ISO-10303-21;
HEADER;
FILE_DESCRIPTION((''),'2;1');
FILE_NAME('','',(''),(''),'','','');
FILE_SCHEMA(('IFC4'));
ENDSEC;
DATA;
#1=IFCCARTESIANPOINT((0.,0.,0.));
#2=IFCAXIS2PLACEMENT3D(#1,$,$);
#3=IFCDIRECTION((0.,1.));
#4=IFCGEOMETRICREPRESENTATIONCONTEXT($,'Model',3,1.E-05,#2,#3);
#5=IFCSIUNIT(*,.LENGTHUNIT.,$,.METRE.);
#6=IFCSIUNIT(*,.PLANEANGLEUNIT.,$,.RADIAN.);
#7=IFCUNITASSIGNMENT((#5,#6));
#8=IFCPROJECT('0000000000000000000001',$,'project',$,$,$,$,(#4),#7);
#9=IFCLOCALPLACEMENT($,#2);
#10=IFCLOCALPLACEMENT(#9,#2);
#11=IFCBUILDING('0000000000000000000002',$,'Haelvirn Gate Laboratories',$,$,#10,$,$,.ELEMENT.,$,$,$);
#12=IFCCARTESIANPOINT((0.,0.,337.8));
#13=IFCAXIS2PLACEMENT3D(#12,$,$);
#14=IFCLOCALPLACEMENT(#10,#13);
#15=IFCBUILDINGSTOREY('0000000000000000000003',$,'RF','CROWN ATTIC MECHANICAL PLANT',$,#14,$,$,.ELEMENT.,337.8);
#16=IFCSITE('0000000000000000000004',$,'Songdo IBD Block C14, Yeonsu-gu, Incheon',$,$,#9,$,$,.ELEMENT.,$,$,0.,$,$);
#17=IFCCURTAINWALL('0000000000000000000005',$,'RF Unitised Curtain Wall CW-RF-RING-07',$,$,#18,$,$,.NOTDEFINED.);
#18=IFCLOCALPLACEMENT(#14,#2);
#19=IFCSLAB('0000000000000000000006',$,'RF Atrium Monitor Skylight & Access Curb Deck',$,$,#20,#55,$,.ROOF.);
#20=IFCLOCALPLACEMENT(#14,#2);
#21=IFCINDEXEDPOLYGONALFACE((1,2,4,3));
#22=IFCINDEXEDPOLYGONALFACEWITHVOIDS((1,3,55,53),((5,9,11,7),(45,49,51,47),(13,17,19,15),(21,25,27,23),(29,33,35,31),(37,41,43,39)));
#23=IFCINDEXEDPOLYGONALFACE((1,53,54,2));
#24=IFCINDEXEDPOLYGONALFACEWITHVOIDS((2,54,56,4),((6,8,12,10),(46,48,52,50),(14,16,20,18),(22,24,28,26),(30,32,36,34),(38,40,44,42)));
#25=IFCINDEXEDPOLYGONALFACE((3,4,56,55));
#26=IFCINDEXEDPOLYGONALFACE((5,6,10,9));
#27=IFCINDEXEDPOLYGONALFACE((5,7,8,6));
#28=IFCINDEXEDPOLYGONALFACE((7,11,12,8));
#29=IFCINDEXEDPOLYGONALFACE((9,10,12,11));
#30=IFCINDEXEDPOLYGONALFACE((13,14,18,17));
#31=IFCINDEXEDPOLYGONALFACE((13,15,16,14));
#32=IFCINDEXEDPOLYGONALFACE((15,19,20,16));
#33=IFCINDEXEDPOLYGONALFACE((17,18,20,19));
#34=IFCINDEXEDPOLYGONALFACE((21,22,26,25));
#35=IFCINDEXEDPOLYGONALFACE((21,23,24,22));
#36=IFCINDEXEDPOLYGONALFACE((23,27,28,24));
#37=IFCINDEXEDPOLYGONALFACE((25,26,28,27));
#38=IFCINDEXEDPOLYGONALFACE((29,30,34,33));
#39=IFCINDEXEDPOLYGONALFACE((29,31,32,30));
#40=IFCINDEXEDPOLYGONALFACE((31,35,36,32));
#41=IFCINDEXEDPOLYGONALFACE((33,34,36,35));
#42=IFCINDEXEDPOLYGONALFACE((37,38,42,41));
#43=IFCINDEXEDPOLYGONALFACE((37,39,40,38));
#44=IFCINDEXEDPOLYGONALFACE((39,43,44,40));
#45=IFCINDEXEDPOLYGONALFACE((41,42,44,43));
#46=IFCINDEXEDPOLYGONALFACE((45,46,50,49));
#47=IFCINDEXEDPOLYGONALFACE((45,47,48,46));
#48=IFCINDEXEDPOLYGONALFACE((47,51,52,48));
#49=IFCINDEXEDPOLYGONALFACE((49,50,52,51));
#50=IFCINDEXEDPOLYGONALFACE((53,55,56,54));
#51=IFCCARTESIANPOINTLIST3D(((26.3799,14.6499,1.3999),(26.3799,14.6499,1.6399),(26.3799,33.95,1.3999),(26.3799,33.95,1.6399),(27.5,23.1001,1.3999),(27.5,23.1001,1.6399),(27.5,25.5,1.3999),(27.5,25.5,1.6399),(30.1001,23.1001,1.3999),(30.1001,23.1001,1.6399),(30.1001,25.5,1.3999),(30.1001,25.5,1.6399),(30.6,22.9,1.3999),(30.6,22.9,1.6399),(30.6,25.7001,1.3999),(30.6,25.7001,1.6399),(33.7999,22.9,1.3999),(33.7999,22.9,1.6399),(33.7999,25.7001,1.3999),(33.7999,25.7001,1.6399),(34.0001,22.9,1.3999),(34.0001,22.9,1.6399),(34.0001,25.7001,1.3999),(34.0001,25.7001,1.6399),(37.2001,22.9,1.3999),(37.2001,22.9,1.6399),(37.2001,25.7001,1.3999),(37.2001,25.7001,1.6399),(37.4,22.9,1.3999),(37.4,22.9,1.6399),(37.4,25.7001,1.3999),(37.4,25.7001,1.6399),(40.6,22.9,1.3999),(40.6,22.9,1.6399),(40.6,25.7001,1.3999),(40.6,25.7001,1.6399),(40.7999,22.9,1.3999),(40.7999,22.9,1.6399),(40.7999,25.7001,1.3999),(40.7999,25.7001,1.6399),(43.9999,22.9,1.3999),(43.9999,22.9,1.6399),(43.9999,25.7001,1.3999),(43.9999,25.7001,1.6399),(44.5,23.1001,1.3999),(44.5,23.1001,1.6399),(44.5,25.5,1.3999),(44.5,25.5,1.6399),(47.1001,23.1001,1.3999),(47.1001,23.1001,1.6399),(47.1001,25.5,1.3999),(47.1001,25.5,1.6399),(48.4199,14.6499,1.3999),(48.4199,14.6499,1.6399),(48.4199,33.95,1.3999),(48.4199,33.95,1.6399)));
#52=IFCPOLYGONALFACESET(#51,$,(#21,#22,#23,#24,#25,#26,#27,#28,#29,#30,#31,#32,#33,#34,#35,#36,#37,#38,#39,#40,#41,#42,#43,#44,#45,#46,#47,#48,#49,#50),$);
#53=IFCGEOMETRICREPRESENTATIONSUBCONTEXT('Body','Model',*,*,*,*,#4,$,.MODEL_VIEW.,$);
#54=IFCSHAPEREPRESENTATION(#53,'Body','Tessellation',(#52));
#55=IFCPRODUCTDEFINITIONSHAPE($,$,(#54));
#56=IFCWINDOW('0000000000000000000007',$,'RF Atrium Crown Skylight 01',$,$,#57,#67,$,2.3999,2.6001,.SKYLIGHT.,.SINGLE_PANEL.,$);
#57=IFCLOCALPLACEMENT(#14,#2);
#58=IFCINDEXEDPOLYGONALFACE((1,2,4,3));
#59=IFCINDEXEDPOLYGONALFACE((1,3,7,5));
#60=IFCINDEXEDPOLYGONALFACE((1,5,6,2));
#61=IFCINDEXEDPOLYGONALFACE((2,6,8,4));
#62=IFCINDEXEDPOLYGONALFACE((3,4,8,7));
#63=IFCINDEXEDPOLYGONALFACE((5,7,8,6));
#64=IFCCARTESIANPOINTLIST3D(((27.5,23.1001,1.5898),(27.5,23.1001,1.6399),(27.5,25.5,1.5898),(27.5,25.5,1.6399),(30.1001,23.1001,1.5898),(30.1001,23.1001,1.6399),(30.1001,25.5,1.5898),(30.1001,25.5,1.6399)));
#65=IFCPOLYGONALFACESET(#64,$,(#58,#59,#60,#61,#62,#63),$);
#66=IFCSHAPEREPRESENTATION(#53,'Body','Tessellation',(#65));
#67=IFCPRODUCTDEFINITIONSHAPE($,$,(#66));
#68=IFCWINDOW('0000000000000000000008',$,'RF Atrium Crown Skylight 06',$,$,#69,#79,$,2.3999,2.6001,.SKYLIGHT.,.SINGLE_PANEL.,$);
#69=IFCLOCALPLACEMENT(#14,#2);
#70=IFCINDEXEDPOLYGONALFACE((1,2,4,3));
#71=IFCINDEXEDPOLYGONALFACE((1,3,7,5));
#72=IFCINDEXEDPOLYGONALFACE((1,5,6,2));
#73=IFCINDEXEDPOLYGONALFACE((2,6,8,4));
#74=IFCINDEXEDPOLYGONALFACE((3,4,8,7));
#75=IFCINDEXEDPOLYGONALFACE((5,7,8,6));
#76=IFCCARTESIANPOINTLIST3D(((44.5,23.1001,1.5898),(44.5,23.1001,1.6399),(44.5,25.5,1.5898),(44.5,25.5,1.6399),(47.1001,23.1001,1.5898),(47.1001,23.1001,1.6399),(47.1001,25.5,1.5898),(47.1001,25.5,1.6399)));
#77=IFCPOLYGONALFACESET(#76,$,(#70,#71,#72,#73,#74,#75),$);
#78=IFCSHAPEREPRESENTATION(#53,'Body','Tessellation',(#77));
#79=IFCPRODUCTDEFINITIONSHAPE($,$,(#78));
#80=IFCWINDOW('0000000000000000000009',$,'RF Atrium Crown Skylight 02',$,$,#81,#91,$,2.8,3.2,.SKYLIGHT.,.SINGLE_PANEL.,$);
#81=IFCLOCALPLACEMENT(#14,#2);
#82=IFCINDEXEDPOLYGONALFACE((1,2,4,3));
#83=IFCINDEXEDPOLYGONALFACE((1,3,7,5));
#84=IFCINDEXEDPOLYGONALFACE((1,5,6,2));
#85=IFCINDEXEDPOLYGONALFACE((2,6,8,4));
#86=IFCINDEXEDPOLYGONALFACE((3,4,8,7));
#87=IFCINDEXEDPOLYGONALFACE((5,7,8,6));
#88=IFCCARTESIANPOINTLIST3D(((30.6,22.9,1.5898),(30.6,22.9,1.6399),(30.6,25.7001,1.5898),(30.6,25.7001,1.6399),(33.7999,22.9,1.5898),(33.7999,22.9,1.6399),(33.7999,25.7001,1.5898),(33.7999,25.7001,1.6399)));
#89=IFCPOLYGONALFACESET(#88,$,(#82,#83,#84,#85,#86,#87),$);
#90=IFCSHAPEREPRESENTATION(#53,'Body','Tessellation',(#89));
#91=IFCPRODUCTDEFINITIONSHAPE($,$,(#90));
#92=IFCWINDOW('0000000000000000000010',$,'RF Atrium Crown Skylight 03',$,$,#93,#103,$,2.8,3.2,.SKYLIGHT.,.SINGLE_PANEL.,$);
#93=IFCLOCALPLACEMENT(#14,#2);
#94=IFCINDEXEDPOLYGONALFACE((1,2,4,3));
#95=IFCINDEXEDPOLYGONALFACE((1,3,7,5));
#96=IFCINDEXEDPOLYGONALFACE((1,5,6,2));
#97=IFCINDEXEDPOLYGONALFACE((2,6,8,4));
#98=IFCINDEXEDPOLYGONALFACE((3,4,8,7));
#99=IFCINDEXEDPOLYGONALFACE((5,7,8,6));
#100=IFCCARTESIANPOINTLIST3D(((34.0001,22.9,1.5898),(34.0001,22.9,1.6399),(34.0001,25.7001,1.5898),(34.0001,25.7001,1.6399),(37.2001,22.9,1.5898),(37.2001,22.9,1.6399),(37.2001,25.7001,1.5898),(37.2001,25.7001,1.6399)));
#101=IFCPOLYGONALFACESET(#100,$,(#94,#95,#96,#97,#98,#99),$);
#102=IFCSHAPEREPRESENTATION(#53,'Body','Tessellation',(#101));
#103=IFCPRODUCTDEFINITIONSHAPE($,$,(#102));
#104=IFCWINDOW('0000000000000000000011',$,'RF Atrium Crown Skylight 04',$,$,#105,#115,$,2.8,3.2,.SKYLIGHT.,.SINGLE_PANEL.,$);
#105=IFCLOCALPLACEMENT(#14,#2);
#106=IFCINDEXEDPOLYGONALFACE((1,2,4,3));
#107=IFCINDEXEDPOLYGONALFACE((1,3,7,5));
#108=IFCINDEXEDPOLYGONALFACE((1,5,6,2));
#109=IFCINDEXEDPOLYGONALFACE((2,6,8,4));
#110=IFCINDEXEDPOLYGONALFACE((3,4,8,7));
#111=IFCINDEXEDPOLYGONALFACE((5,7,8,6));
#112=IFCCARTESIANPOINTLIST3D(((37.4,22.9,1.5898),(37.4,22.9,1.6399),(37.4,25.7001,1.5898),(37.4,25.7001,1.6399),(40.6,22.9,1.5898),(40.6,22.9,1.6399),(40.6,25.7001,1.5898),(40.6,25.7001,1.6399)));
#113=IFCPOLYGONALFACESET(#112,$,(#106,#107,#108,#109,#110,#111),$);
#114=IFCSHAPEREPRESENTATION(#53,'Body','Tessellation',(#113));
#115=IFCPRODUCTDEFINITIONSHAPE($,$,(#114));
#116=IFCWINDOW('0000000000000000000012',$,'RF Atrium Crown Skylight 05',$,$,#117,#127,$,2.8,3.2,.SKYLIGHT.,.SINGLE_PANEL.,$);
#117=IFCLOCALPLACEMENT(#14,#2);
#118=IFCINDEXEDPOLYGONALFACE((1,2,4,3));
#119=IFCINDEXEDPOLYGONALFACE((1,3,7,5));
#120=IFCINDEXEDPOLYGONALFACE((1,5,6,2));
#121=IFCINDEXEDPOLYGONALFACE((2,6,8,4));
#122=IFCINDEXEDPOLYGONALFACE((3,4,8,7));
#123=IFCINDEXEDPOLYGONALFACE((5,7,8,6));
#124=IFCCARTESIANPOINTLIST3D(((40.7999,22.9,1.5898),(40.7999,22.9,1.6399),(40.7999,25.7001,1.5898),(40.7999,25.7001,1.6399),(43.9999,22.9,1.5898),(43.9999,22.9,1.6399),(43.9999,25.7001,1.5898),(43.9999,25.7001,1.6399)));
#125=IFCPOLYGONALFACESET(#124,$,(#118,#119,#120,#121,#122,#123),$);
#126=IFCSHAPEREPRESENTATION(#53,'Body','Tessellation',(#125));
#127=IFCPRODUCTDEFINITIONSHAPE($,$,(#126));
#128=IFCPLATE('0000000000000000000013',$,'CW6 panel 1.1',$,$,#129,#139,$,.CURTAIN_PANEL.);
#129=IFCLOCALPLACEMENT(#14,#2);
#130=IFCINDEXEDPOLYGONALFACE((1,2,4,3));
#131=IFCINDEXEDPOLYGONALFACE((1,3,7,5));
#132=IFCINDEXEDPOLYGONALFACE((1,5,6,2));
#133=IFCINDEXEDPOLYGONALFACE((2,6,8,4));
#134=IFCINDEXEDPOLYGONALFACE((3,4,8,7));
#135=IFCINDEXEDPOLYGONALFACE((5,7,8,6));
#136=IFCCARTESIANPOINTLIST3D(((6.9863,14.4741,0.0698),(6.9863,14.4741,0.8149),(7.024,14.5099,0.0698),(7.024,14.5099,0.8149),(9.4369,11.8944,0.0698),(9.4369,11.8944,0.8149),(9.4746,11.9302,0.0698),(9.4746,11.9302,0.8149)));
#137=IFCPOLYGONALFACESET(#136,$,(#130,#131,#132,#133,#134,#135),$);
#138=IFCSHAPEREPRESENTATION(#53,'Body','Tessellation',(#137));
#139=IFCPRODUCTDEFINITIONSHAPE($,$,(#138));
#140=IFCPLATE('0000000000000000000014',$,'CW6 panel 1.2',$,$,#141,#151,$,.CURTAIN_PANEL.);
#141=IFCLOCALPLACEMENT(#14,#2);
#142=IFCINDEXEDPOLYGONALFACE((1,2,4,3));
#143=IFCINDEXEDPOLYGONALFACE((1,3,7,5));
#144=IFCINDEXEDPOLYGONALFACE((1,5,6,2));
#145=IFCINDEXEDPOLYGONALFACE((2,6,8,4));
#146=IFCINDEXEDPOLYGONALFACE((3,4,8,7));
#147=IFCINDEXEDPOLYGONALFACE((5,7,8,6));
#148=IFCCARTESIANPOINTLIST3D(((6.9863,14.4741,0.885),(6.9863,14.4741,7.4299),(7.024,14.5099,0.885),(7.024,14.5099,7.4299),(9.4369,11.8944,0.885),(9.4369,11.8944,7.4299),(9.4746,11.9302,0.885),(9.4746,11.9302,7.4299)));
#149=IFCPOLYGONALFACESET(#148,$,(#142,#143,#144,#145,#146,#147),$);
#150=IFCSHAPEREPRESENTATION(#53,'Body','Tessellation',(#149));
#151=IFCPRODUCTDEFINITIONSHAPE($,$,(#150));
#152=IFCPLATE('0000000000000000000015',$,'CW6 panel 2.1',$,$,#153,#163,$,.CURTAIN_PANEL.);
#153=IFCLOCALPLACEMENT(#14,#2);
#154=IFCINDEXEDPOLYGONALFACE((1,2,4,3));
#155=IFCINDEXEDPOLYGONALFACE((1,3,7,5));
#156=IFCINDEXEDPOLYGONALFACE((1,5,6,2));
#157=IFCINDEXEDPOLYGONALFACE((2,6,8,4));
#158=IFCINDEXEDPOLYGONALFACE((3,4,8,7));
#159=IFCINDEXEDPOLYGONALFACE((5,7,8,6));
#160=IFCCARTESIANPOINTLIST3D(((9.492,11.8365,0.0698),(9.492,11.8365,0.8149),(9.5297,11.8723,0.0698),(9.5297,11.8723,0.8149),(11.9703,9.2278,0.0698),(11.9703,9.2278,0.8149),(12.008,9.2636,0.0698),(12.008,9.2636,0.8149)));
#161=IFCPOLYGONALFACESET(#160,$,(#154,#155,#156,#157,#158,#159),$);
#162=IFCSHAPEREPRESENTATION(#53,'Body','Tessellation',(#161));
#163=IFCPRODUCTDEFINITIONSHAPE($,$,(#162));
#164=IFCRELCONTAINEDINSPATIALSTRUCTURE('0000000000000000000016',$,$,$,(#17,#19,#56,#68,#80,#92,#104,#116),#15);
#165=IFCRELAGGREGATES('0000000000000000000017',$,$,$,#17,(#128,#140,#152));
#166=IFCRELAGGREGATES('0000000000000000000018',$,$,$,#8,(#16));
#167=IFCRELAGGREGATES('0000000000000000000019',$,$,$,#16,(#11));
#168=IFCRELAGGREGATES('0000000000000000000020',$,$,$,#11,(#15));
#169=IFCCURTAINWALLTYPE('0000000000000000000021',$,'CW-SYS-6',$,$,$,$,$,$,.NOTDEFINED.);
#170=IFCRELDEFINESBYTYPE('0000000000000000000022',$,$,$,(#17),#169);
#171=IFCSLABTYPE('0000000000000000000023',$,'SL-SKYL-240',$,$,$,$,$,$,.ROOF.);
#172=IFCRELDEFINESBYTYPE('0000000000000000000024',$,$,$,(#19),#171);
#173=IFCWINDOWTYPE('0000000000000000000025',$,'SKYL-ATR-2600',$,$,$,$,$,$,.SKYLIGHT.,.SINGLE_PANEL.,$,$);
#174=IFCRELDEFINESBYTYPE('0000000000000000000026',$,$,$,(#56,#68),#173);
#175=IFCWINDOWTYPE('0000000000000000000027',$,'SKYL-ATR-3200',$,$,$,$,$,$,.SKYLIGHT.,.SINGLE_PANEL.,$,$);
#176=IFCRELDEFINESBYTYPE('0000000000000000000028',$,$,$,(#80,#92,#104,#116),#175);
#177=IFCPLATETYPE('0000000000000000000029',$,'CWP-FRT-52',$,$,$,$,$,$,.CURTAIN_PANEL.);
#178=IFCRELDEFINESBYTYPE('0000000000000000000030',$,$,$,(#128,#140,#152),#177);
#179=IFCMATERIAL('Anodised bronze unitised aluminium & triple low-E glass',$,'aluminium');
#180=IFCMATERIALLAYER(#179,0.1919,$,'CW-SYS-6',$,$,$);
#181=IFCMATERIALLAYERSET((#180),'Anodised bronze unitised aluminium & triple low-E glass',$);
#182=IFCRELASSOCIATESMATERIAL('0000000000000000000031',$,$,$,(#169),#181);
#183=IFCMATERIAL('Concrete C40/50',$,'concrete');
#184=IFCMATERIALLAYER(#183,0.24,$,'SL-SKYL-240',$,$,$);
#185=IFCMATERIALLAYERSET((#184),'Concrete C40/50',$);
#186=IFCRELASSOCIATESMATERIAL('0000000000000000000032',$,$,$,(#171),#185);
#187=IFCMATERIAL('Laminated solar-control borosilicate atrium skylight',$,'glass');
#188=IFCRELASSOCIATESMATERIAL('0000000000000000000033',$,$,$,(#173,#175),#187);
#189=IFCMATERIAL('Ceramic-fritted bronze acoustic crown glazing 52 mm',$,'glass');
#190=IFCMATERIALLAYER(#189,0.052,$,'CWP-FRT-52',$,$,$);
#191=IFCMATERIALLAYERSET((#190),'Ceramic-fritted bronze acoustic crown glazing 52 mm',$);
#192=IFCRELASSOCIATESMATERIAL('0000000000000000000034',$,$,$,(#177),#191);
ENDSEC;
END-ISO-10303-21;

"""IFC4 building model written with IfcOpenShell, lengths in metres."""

from ifc_helpers import new_model, si_unit, direction, frame, origin, origin_2d, place, context, subcontext, project, spatial, polyline, rectangle, outline, extrude, source, transform, mapped, material, layer, layer_set, type_object, type_shapes, element, fill, aggregate, save


model = new_model("IFC4")

# Units and contexts
model_context = context("Model", 3, precision=1e-05, world=origin(), true_north=direction((0.0, 1.0)))
body_context = subcontext(model_context, "Body", "Model", "MODEL_VIEW")
ifc_project = project(units=[si_unit("LENGTHUNIT", "METRE"), si_unit("PLANEANGLEUNIT", "RADIAN")], contexts=[model_context])

# Site, building, storey
site_placement = place(None, origin())
site = spatial("IfcSite", under=ifc_project, at=site_placement, Name="Songdo IBD Block C14, Yeonsu-gu, Incheon", CompositionType="ELEMENT", RefElevation=0.0)
building_placement = place(site_placement, origin())
building = spatial("IfcBuilding", under=site, at=building_placement, Name="Haelvirn Gate Laboratories", CompositionType="ELEMENT")
storey_placement = place(building_placement, frame((0.0, 0.0, 337.8)))
storey = spatial("IfcBuildingStorey", under=building, at=storey_placement, Name="RF", Description="CROWN ATTIC MECHANICAL PLANT", CompositionType="ELEMENT", Elevation=337.8)

# Curtain wall
ifc_material_1 = material(Name="Anodised bronze unitised aluminium & triple low-E glass", Category="aluminium")
ifc_layer_1 = layer(ifc_material_1, 0.1919, Name="CW-SYS-6")
ifc_layer_set_1 = layer_set([ifc_layer_1], Name="Anodised bronze unitised aluminium & triple low-E glass")
curtain_wall_type = type_object("IfcCurtainWallType", Name="CW-SYS-6", PredefinedType="NOTDEFINED", material=ifc_layer_set_1)
curtain_wall_placement = place(storey_placement, origin())
curtain_wall = element("IfcCurtainWall", 1, at=curtain_wall_placement, inside=storey, type_object=curtain_wall_type, Name="RF Unitised Curtain Wall CW-RF-RING-07", PredefinedType="NOTDEFINED")

# Shared definitions
ifc_material_2 = material(Name="Concrete C40/50", Category="concrete")

# Slab, openings, windows
ifc_layer_2 = layer(ifc_material_2, 0.24, Name="SL-SKYL-240")
ifc_layer_set_2 = layer_set([ifc_layer_2], Name="Concrete C40/50")
slab_type_1 = type_object("IfcSlabType", Name="SL-SKYL-240", PredefinedType="ROOF", material=ifc_layer_set_2)
slab_1_placement = place(storey_placement, frame((0.0, 0.0, 1.3999)))
slab_1 = element("IfcSlab", 2, at=slab_1_placement, inside=storey, type_object=slab_type_1, Name="RF Atrium Monitor Skylight & Access Curb Deck", PredefinedType="ROOF", context=body_context, shape_type="SweptSolid", body=[
    extrude(outline(polyline([(26.3799, 14.6499), (48.4199, 14.6499), (48.4199, 33.95), (26.3799, 33.95), (26.3799, 14.6499)])), origin(), (0.0, 0.0, 1.0), 0.24),
])
opening_1_placement = place(slab_1_placement, frame((28.8, 24.3, -0.01)))
opening_1 = element("IfcOpeningElement", 3, at=opening_1_placement, cuts=slab_1, PredefinedType="OPENING", context=body_context, shape_type="SweptSolid", body=[
    extrude(rectangle(XDim=2.6001, YDim=2.3999, at=origin_2d()), origin(), (0.0, 0.0, 1.0), 0.26),
])
opening_2_placement = place(slab_1_placement, frame((32.2, 24.3, -0.01)))
opening_2 = element("IfcOpeningElement", 4, at=opening_2_placement, cuts=slab_1, PredefinedType="OPENING", context=body_context, shape_type="SweptSolid", body=[
    extrude(rectangle(XDim=3.2, YDim=2.8, at=origin_2d()), origin(), (0.0, 0.0, 1.0), 0.26),
])
opening_3_placement = place(slab_1_placement, frame((35.6001, 24.3, -0.01)))
opening_3 = element("IfcOpeningElement", 5, at=opening_3_placement, cuts=slab_1, PredefinedType="OPENING", context=body_context, shape_type="SweptSolid", body=[
    extrude(rectangle(XDim=3.2, YDim=2.8, at=origin_2d()), origin(), (0.0, 0.0, 1.0), 0.26),
])
opening_4_placement = place(slab_1_placement, frame((39.0, 24.3, -0.01)))
opening_4 = element("IfcOpeningElement", 6, at=opening_4_placement, cuts=slab_1, PredefinedType="OPENING", context=body_context, shape_type="SweptSolid", body=[
    extrude(rectangle(XDim=3.2, YDim=2.8, at=origin_2d()), origin(), (0.0, 0.0, 1.0), 0.26),
])
opening_5_placement = place(slab_1_placement, frame((42.3999, 24.3, -0.01)))
opening_5 = element("IfcOpeningElement", 7, at=opening_5_placement, cuts=slab_1, PredefinedType="OPENING", context=body_context, shape_type="SweptSolid", body=[
    extrude(rectangle(XDim=3.2, YDim=2.8, at=origin_2d()), origin(), (0.0, 0.0, 1.0), 0.26),
])
opening_6_placement = place(slab_1_placement, frame((45.8, 24.3, -0.01)))
opening_6 = element("IfcOpeningElement", 8, at=opening_6_placement, cuts=slab_1, PredefinedType="OPENING", context=body_context, shape_type="SweptSolid", body=[
    extrude(rectangle(XDim=2.6001, YDim=2.3999, at=origin_2d()), origin(), (0.0, 0.0, 1.0), 0.26),
])
ifc_material_3 = material(Name="Laminated solar-control borosilicate atrium skylight", Category="glass")
window_type_1 = type_object("IfcWindowType", Name="SKYL-ATR-2600", PartitioningType="SINGLE_PANEL", PredefinedType="SKYLIGHT", material=ifc_material_3)
window_1_placement = place(slab_1_placement, frame((28.8, 24.3, 0.1899)))
window_1 = element("IfcWindow", 9, at=window_1_placement, inside=storey, type_object=window_type_1, Name="RF Atrium Crown Skylight 01", OverallHeight=2.3999, OverallWidth=2.6001, PartitioningType="SINGLE_PANEL", PredefinedType="SKYLIGHT", context=body_context, shape_type="SweptSolid", body=[
    extrude(rectangle(XDim=2.6001, YDim=2.3999, at=origin_2d()), origin(), (0.0, 0.0, 1.0), 0.05),
])
fill(opening_1, window_1)
window_2_placement = place(slab_1_placement, frame((45.8, 24.3, 0.1899)))
window_2 = element("IfcWindow", 10, at=window_2_placement, inside=storey, type_object=window_type_1, Name="RF Atrium Crown Skylight 06", OverallHeight=2.3999, OverallWidth=2.6001, PartitioningType="SINGLE_PANEL", PredefinedType="SKYLIGHT", context=body_context, shape_type="SweptSolid", body=[
    extrude(rectangle(XDim=2.6001, YDim=2.3999, at=origin_2d()), origin(), (0.0, 0.0, 1.0), 0.05),
])
fill(opening_6, window_2)
window_type_2 = type_object("IfcWindowType", Name="SKYL-ATR-3200", PartitioningType="SINGLE_PANEL", PredefinedType="SKYLIGHT", material=ifc_material_3)
window_3_placement = place(slab_1_placement, frame((32.2, 24.3, 0.1899)))
window_3 = element("IfcWindow", 11, at=window_3_placement, inside=storey, type_object=window_type_2, Name="RF Atrium Crown Skylight 02", OverallHeight=2.8, OverallWidth=3.2, PartitioningType="SINGLE_PANEL", PredefinedType="SKYLIGHT", context=body_context, shape_type="SweptSolid", body=[
    extrude(rectangle(XDim=3.2, YDim=2.8, at=origin_2d()), origin(), (0.0, 0.0, 1.0), 0.05),
])
fill(opening_2, window_3)
window_4_placement = place(slab_1_placement, frame((35.6001, 24.3, 0.1899)))
window_4 = element("IfcWindow", 12, at=window_4_placement, inside=storey, type_object=window_type_2, Name="RF Atrium Crown Skylight 03", OverallHeight=2.8, OverallWidth=3.2, PartitioningType="SINGLE_PANEL", PredefinedType="SKYLIGHT", context=body_context, shape_type="SweptSolid", body=[
    extrude(rectangle(XDim=3.2, YDim=2.8, at=origin_2d()), origin(), (0.0, 0.0, 1.0), 0.05),
])
fill(opening_3, window_4)
window_5_placement = place(slab_1_placement, frame((39.0, 24.3, 0.1899)))
window_5 = element("IfcWindow", 13, at=window_5_placement, inside=storey, type_object=window_type_2, Name="RF Atrium Crown Skylight 04", OverallHeight=2.8, OverallWidth=3.2, PartitioningType="SINGLE_PANEL", PredefinedType="SKYLIGHT", context=body_context, shape_type="SweptSolid", body=[
    extrude(rectangle(XDim=3.2, YDim=2.8, at=origin_2d()), origin(), (0.0, 0.0, 1.0), 0.05),
])
fill(opening_4, window_5)
window_6_placement = place(slab_1_placement, frame((42.3999, 24.3, 0.1899)))
window_6 = element("IfcWindow", 14, at=window_6_placement, inside=storey, type_object=window_type_2, Name="RF Atrium Crown Skylight 05", OverallHeight=2.8, OverallWidth=3.2, PartitioningType="SINGLE_PANEL", PredefinedType="SKYLIGHT", context=body_context, shape_type="SweptSolid", body=[
    extrude(rectangle(XDim=3.2, YDim=2.8, at=origin_2d()), origin(), (0.0, 0.0, 1.0), 0.05),
])
fill(opening_5, window_6)

# Plates
ifc_material_4 = material(Name="Ceramic-fritted bronze acoustic crown glazing 52 mm", Category="glass")
ifc_layer_3 = layer(ifc_material_4, 0.052, Name="CWP-FRT-52")
ifc_layer_set_3 = layer_set([ifc_layer_3], Name="Ceramic-fritted bronze acoustic crown glazing 52 mm")
plate_type = type_object("IfcPlateType", Name="CWP-FRT-52", PredefinedType="CURTAIN_PANEL", material=ifc_layer_set_3)
shared_shape_1 = source(origin(), body_context, "Body", "SweptSolid", [
    extrude(rectangle(XDim=3.5581, YDim=0.052, at=origin_2d()), origin(), (0.0, 0.0, 1.0), 0.7451),
])
plate_1_placement = place(storey_placement, frame((8.2305, 13.2021, 0.0698), z_axis=(0.0, 0.0, 1.0), x_axis=(0.688749, -0.724999, 0.0)))
plate_1 = element("IfcPlate", 15, at=plate_1_placement, type_object=plate_type, Name="CW6 panel 1.1", PredefinedType="CURTAIN_PANEL", context=body_context, shape_type="MappedRepresentation", body=[
    mapped(shared_shape_1, transform((0.0, 0.0, 0.0), scale=1.0)),
])
shared_shape_2 = source(origin(), body_context, "Body", "SweptSolid", [
    extrude(rectangle(XDim=3.5581, YDim=0.052, at=origin_2d()), origin(), (0.0, 0.0, 1.0), 6.5449),
])
plate_2_placement = place(storey_placement, frame((8.2305, 13.2021, 0.885), z_axis=(0.0, 0.0, 1.0), x_axis=(0.688749, -0.724999, 0.0)))
plate_2 = element("IfcPlate", 16, at=plate_2_placement, type_object=plate_type, Name="CW6 panel 1.2", PredefinedType="CURTAIN_PANEL", context=body_context, shape_type="MappedRepresentation", body=[
    mapped(shared_shape_2, transform((0.0, 0.0, 0.0), scale=1.0)),
])
shared_shape_3 = source(origin(), body_context, "Body", "SweptSolid", [
    extrude(rectangle(XDim=3.5981, YDim=0.052, at=origin_2d()), origin(), (0.0, 0.0, 1.0), 0.7451),
])
type_shapes(plate_type, [shared_shape_1, shared_shape_2, shared_shape_3])
plate_3_placement = place(storey_placement, frame((10.75, 10.55, 0.0698), z_axis=(0.0, 0.0, 1.0), x_axis=(0.688749, -0.724999, 0.0)))
plate_3 = element("IfcPlate", 17, at=plate_3_placement, type_object=plate_type, Name="CW6 panel 2.1", PredefinedType="CURTAIN_PANEL", context=body_context, shape_type="MappedRepresentation", body=[
    mapped(shared_shape_3, transform((0.0, 0.0, 0.0), scale=1.0)),
])
aggregate(curtain_wall, [plate_1, plate_2, plate_3])

save(model, "model.ifc")
